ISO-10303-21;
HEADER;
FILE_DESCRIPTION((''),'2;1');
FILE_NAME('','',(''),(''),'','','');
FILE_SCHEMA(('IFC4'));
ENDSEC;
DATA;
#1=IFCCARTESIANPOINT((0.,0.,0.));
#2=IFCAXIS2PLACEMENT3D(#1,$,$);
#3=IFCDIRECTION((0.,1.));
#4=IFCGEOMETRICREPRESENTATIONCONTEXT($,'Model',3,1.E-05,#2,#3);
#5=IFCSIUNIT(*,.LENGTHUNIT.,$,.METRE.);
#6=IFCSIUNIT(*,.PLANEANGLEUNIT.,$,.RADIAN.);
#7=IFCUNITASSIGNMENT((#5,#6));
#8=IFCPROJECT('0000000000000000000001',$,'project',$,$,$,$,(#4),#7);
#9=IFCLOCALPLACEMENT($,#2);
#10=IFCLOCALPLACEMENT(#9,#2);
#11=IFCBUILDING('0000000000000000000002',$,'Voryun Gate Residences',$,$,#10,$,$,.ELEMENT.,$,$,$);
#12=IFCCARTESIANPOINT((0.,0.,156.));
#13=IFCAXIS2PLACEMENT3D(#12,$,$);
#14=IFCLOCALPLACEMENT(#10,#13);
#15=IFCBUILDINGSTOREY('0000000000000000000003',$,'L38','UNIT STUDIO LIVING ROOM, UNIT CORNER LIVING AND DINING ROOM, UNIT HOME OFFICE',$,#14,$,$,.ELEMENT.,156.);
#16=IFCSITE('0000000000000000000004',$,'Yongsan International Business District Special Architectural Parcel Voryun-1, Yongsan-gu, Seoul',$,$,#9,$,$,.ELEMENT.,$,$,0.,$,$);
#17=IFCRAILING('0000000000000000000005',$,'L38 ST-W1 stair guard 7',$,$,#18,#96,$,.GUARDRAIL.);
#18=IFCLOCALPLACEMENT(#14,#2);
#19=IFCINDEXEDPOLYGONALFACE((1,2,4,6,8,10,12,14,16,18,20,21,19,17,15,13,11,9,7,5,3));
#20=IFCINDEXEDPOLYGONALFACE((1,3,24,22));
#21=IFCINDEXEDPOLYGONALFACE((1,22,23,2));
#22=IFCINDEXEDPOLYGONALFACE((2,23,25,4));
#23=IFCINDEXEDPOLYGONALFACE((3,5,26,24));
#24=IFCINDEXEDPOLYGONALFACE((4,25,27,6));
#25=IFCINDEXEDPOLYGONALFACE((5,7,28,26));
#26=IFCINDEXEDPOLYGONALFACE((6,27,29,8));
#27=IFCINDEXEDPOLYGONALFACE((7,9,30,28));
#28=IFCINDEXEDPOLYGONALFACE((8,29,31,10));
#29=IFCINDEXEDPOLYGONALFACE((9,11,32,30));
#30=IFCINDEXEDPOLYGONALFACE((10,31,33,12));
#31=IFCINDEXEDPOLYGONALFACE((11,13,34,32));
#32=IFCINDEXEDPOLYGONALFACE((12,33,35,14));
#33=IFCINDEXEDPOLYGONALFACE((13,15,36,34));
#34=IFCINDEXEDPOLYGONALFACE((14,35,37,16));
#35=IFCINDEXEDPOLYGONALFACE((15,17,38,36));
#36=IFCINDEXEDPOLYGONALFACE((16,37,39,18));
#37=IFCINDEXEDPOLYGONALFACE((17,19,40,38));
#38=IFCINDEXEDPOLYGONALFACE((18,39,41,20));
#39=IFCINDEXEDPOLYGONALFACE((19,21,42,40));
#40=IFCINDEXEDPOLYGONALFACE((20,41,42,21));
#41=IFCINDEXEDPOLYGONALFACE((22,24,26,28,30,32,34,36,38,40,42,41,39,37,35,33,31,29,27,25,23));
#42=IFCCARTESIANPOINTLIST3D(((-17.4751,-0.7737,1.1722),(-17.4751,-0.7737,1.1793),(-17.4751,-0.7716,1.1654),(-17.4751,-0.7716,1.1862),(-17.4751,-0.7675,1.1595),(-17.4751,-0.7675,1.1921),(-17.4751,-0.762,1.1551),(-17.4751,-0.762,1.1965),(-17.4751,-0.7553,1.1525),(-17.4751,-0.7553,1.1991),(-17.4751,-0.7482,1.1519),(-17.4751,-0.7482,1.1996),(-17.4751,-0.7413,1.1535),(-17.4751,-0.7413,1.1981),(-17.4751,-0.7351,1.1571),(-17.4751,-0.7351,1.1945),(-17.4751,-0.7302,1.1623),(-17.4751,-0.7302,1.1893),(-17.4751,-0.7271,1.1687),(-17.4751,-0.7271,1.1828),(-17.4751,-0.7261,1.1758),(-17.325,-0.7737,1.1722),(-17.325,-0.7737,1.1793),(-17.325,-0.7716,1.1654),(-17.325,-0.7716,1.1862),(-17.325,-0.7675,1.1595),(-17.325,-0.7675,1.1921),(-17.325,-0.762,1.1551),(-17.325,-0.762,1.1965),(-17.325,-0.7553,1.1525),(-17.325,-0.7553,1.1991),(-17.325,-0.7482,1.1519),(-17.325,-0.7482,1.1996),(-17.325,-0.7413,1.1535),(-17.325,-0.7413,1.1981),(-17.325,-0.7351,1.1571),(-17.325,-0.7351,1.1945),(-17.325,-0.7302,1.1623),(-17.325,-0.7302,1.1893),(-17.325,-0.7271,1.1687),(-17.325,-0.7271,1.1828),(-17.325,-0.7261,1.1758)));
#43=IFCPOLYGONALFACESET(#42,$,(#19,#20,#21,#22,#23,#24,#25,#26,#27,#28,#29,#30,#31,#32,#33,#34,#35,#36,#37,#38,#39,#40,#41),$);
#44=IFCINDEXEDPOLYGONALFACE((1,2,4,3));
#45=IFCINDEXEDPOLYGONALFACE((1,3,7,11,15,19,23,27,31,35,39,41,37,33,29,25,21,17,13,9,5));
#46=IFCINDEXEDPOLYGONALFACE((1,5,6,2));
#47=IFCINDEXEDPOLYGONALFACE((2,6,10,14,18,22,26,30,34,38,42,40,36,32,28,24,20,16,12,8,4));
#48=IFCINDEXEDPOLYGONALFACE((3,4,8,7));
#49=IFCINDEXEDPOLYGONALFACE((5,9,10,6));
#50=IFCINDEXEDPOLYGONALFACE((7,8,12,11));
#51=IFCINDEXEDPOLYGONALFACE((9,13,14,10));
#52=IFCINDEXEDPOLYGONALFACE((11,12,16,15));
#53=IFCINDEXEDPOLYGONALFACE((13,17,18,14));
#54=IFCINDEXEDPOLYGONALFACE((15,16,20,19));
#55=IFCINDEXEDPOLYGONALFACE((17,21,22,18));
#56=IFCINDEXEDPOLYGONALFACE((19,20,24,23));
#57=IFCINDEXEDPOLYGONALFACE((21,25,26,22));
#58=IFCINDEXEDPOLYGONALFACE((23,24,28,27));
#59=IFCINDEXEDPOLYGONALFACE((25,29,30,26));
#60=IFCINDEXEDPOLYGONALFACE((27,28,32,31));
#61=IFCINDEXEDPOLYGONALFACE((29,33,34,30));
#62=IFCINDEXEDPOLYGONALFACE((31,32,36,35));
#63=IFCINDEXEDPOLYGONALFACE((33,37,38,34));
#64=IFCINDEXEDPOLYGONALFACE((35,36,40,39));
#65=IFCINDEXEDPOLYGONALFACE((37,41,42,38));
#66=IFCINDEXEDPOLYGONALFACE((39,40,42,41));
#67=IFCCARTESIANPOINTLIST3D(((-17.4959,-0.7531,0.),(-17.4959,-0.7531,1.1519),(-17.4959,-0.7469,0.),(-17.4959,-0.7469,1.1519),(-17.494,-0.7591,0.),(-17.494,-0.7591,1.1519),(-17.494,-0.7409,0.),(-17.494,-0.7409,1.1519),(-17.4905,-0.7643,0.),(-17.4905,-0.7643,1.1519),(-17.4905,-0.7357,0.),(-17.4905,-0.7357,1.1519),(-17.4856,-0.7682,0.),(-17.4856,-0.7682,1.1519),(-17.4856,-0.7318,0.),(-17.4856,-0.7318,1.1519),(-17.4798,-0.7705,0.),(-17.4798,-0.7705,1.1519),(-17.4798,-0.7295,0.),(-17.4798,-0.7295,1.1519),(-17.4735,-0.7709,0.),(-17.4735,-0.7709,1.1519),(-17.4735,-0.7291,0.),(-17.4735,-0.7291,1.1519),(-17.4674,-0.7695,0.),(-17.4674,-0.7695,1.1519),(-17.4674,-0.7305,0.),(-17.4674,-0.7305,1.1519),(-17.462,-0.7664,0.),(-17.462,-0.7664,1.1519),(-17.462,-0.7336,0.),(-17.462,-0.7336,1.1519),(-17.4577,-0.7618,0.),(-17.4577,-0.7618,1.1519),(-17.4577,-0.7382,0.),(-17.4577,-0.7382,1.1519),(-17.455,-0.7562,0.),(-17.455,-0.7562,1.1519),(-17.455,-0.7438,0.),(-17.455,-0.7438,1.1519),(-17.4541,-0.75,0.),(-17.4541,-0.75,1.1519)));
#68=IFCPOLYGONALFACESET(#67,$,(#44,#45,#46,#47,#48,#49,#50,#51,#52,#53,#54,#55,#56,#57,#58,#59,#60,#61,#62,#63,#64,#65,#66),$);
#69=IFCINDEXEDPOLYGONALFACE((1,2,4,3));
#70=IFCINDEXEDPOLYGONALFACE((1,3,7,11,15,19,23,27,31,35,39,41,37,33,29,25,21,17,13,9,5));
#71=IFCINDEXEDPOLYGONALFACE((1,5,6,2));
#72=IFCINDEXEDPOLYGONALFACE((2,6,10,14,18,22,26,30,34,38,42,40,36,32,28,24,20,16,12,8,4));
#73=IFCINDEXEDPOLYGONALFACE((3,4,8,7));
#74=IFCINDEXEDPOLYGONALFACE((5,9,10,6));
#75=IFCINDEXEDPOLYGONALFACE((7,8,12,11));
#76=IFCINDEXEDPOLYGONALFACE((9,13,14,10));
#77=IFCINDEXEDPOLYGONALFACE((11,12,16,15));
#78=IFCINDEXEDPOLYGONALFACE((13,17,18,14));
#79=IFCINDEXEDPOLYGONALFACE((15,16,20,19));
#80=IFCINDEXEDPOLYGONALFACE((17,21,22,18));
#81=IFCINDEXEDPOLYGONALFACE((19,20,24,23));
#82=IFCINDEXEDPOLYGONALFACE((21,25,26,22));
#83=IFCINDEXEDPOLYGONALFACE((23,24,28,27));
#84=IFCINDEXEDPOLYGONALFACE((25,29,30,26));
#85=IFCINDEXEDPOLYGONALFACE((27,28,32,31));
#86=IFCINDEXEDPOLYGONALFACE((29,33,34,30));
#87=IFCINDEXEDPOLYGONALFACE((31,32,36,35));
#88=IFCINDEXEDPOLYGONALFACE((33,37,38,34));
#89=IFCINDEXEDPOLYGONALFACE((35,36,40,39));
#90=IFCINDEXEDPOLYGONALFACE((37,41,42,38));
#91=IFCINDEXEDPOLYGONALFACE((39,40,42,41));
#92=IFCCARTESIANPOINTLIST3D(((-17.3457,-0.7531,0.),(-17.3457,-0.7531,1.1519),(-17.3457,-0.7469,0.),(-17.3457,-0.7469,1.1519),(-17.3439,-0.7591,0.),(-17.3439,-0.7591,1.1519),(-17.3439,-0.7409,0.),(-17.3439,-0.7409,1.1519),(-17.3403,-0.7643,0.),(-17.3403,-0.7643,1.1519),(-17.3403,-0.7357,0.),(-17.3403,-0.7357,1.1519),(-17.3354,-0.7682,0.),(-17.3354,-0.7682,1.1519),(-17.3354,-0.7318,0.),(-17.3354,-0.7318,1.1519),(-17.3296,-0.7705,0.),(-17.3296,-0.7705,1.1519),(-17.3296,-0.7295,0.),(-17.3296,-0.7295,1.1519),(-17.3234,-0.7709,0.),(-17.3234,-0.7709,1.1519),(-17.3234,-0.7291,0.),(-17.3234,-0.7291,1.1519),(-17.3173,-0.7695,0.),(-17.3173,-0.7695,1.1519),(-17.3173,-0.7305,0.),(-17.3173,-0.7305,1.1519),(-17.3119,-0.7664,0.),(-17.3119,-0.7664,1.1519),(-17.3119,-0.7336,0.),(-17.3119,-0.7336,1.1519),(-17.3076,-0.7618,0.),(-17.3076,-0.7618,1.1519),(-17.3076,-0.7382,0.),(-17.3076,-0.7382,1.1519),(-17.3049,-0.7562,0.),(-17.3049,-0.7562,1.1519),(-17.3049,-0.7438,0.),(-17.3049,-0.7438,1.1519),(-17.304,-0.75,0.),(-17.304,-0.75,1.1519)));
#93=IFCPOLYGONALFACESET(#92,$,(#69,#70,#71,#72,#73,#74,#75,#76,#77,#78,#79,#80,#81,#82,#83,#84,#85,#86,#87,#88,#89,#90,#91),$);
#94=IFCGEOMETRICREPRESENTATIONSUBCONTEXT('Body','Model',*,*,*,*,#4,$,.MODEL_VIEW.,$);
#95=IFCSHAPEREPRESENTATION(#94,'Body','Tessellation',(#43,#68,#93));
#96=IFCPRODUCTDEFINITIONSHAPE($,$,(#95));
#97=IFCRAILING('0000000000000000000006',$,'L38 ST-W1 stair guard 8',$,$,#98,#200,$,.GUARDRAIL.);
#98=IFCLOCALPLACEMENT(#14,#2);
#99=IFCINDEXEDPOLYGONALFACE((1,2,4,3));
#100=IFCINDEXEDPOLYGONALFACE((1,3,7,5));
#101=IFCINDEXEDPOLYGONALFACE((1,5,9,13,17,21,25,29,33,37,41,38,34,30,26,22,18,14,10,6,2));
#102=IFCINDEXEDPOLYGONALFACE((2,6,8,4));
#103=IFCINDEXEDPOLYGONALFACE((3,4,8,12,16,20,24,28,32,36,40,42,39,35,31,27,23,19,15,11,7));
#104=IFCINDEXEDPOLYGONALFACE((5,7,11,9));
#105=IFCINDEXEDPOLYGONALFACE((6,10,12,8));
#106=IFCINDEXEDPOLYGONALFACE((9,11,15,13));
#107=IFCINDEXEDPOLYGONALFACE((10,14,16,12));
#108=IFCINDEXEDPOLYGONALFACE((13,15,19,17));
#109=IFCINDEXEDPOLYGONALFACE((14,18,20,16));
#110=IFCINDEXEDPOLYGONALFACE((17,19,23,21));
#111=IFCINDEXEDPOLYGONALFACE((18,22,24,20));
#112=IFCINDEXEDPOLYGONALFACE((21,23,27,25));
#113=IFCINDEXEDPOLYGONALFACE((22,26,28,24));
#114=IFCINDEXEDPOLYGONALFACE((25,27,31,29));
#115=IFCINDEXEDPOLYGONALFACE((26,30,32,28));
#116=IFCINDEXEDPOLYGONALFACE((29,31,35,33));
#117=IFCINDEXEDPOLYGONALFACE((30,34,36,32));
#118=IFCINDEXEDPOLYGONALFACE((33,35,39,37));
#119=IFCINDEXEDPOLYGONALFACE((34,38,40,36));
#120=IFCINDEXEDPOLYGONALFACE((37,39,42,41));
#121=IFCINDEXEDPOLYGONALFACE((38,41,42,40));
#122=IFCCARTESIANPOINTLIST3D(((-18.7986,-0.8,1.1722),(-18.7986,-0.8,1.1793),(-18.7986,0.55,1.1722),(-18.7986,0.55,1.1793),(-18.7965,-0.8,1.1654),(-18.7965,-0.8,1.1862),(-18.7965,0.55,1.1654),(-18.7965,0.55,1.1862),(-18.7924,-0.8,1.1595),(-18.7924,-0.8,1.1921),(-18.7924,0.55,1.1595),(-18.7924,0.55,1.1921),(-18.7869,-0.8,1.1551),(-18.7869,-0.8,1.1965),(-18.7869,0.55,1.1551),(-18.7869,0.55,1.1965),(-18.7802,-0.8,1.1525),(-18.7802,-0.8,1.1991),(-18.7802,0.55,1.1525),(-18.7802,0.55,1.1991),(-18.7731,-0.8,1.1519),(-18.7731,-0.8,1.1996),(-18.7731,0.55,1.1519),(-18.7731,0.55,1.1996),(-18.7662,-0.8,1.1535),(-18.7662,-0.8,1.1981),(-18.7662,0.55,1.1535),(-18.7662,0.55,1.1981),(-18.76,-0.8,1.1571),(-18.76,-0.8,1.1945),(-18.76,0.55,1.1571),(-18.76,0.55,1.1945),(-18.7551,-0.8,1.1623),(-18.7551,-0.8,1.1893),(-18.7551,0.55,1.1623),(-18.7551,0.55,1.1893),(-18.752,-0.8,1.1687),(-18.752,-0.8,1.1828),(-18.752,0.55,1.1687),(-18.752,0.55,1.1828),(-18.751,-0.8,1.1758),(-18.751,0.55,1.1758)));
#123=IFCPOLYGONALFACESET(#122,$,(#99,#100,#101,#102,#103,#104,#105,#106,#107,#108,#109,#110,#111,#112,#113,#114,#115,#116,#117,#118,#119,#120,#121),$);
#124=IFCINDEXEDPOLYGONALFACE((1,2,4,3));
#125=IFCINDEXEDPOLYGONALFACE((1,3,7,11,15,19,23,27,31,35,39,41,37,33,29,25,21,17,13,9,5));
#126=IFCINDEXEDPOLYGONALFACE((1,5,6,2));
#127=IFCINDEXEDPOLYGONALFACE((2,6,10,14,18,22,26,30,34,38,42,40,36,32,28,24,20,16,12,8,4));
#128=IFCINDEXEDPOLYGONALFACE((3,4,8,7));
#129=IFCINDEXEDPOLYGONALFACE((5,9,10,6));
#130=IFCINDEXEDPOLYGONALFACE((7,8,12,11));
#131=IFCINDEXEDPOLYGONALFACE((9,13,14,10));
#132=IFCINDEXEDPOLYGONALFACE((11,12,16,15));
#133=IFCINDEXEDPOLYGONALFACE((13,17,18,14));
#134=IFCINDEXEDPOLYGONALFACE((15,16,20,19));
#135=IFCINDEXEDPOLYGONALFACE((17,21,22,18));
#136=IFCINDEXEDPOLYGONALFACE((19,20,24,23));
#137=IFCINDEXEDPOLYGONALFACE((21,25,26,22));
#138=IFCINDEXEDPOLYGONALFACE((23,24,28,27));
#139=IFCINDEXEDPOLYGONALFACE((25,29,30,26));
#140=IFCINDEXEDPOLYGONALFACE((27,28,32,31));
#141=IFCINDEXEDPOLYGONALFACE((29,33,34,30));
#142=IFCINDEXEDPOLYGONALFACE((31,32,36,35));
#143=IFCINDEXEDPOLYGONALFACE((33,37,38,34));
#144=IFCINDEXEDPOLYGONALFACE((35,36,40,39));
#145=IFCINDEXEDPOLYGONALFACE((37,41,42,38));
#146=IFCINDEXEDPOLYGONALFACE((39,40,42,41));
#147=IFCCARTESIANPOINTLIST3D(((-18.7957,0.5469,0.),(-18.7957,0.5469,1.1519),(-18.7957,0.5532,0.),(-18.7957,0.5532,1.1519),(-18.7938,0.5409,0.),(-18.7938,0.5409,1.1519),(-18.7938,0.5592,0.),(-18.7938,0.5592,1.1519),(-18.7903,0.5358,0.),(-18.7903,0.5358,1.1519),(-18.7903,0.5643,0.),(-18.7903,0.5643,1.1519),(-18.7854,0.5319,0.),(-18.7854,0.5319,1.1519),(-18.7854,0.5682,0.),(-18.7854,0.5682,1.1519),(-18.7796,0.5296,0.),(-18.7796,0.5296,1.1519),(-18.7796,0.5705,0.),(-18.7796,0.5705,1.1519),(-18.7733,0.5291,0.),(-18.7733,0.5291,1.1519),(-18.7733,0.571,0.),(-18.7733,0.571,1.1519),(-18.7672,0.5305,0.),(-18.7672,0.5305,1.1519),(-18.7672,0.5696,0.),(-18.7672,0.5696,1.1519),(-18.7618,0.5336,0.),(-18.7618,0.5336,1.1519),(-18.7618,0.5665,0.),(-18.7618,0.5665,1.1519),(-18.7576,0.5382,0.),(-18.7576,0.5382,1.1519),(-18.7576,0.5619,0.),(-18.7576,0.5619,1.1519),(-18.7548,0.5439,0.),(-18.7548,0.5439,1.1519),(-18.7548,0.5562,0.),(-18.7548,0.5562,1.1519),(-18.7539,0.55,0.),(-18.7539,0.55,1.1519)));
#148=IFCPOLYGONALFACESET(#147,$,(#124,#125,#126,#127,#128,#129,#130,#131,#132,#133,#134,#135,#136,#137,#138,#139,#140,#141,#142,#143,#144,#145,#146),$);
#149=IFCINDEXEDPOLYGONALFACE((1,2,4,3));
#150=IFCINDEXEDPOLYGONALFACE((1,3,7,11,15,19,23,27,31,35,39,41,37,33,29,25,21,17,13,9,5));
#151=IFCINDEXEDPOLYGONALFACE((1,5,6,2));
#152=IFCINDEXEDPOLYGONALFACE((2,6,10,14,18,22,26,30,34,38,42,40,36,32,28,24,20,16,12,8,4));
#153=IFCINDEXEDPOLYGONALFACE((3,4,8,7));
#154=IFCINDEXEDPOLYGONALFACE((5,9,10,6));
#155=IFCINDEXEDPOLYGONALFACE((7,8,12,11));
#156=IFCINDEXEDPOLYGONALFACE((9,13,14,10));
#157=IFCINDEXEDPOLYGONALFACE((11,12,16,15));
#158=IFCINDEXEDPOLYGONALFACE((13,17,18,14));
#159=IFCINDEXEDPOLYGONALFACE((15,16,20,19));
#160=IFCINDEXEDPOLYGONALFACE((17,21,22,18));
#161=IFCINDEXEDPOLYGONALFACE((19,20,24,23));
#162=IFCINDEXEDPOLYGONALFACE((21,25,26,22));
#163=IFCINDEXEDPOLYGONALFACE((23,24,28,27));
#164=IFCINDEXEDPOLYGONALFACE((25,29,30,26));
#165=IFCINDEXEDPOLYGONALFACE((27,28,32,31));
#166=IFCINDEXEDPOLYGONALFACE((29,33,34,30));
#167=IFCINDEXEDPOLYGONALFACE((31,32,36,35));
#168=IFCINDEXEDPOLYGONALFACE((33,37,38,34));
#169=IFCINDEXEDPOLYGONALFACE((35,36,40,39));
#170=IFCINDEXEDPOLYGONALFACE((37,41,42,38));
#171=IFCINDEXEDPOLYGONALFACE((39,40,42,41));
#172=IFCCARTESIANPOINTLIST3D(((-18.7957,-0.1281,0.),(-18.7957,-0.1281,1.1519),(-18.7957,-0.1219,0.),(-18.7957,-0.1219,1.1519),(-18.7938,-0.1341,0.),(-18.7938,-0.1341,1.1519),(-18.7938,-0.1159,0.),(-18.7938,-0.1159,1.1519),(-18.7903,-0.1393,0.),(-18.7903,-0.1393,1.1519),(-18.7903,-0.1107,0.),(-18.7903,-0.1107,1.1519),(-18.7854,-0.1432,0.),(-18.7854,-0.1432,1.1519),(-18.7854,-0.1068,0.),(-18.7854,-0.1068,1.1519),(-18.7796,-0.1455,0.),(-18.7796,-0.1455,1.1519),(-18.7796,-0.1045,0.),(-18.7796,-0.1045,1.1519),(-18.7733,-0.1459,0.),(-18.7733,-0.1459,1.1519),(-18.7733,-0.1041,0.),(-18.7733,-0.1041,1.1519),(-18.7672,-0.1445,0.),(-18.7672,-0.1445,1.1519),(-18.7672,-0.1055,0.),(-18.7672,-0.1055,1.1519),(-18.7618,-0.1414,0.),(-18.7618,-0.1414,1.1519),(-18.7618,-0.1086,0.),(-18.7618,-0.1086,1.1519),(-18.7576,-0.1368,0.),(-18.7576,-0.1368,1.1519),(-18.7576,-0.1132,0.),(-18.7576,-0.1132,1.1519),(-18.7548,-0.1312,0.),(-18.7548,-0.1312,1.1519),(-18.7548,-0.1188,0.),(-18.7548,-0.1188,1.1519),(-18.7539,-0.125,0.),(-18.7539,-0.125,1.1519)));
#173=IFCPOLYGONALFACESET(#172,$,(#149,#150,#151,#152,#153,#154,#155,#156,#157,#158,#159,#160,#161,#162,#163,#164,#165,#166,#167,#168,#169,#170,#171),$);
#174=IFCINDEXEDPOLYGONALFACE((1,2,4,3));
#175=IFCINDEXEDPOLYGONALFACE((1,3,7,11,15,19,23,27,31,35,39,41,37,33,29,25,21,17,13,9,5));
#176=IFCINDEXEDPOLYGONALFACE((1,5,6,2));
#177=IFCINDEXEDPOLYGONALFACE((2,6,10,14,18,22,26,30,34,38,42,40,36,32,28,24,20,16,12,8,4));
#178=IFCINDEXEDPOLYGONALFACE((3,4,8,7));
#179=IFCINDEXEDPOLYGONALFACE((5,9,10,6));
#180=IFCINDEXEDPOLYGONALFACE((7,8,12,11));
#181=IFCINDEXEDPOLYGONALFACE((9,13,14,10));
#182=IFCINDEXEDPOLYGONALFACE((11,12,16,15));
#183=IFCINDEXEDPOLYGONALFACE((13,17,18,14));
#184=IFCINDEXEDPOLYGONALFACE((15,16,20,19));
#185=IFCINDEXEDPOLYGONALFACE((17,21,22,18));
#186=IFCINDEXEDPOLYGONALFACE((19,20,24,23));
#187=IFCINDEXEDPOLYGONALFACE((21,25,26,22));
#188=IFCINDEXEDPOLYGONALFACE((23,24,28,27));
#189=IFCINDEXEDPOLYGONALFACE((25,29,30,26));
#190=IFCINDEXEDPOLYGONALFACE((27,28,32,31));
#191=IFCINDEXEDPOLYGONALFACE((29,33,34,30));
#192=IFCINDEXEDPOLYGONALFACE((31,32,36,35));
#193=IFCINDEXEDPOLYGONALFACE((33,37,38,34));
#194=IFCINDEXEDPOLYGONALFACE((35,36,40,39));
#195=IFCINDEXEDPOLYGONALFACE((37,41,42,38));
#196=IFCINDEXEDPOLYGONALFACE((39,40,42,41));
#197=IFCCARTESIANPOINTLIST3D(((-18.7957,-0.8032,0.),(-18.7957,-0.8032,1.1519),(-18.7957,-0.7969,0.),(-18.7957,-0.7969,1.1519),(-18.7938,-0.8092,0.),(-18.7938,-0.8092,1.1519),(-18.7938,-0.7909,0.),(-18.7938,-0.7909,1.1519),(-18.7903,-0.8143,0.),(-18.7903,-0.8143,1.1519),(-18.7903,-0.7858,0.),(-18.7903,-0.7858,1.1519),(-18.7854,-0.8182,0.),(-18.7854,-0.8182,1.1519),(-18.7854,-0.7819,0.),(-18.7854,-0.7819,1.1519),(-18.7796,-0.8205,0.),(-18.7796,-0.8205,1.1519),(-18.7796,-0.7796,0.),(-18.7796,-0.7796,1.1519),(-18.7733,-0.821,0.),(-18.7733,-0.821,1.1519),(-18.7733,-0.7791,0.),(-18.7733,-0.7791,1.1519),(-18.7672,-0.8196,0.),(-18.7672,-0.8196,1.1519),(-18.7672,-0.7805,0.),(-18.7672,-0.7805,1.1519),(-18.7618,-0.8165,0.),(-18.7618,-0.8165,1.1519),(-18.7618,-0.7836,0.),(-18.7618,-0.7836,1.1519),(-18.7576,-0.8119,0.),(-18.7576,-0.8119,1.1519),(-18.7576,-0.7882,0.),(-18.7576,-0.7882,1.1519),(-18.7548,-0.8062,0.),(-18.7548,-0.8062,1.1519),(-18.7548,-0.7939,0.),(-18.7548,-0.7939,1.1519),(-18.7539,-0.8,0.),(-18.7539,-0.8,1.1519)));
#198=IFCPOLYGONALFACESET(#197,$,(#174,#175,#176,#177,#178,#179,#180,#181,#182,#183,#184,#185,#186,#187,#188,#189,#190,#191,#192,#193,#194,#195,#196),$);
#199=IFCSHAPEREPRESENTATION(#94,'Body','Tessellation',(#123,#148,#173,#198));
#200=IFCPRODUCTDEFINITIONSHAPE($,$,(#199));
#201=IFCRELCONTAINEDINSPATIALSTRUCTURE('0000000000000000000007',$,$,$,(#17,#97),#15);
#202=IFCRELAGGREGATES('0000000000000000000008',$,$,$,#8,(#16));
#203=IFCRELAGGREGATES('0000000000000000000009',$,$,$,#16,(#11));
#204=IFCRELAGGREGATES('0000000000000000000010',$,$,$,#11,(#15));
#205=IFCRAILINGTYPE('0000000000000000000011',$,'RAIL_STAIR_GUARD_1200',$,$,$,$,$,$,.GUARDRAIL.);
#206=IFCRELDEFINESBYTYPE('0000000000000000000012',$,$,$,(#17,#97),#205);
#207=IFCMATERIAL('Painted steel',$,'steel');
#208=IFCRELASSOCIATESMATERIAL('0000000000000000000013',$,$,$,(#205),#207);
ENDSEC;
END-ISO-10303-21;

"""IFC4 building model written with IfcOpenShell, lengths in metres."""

from ifc_helpers import new_model, si_unit, direction, frame, origin, origin_2d, place, context, subcontext, project, spatial, circle, extrude, material, type_object, element, save


model = new_model("IFC4")

# Units and contexts
model_context = context("Model", 3, precision=1e-05, world=origin(), true_north=direction((0.0, 1.0)))
body_context = subcontext(model_context, "Body", "Model", "MODEL_VIEW")
ifc_project = project(units=[si_unit("LENGTHUNIT", "METRE"), si_unit("PLANEANGLEUNIT", "RADIAN")], contexts=[model_context])

# Site, building, storey
site_placement = place(None, origin())
site = spatial("IfcSite", under=ifc_project, at=site_placement, Name="Yongsan International Business District Special Architectural Parcel Voryun-1, Yongsan-gu, Seoul", CompositionType="ELEMENT", RefElevation=0.0)
building_placement = place(site_placement, origin())
building = spatial("IfcBuilding", under=site, at=building_placement, Name="Voryun Gate Residences", CompositionType="ELEMENT")
storey_placement = place(building_placement, frame((0.0, 0.0, 156.0)))
storey = spatial("IfcBuildingStorey", under=building, at=storey_placement, Name="L38", Description="UNIT STUDIO LIVING ROOM, UNIT CORNER LIVING AND DINING ROOM, UNIT HOME OFFICE", CompositionType="ELEMENT", Elevation=156.0)

# Railings
ifc_material_1 = material(Name="Painted steel", Category="steel")
railing_type_1 = type_object("IfcRailingType", Name="RAIL_STAIR_GUARD_1200", PredefinedType="GUARDRAIL", material=ifc_material_1)
railing_1_placement = place(storey_placement, frame((-17.4751, -0.75, 0.0)))
element("IfcRailing", 1, at=railing_1_placement, inside=storey, type_object=railing_type_1, Name="L38 ST-W1 stair guard 7", PredefinedType="GUARDRAIL", context=body_context, shape_type="SweptSolid", body=[
    extrude(circle(Radius=0.0239, at=origin_2d()), frame((0.0, 0.0, 1.1758), z_axis=(1.0, 0.0, 0.0), x_axis=(0.0, 1.0, 0.0)), (0.0, 0.0, 1.0), 0.1501),
    extrude(circle(Radius=0.021, at=origin_2d()), origin(), (0.0, 0.0, 1.0), 1.1519),
    extrude(circle(Radius=0.021, at=origin_2d()), frame((0.1501, 0.0, 0.0)), (0.0, 0.0, 1.0), 1.1519),
])
railing_2_placement = place(storey_placement, frame((-18.7749, 0.55, 0.0)))
element("IfcRailing", 2, at=railing_2_placement, inside=storey, type_object=railing_type_1, Name="L38 ST-W1 stair guard 8", PredefinedType="GUARDRAIL", context=body_context, shape_type="SweptSolid", body=[
    extrude(circle(Radius=0.0239, at=origin_2d()), frame((0.0, 0.0, 1.1758), z_axis=(0.0, -1.0, 0.0), x_axis=(1.0, 0.0, 0.0)), (0.0, 0.0, 1.0), 1.3501),
    extrude(circle(Radius=0.021, at=origin_2d()), origin(), (0.0, 0.0, 1.0), 1.1519),
    extrude(circle(Radius=0.021, at=origin_2d()), frame((0.0, -0.675, 0.0)), (0.0, 0.0, 1.0), 1.1519),
    extrude(circle(Radius=0.021, at=origin_2d()), frame((0.0, -1.3501, 0.0)), (0.0, 0.0, 1.0), 1.1519),
])

save(model, "model.ifc")
